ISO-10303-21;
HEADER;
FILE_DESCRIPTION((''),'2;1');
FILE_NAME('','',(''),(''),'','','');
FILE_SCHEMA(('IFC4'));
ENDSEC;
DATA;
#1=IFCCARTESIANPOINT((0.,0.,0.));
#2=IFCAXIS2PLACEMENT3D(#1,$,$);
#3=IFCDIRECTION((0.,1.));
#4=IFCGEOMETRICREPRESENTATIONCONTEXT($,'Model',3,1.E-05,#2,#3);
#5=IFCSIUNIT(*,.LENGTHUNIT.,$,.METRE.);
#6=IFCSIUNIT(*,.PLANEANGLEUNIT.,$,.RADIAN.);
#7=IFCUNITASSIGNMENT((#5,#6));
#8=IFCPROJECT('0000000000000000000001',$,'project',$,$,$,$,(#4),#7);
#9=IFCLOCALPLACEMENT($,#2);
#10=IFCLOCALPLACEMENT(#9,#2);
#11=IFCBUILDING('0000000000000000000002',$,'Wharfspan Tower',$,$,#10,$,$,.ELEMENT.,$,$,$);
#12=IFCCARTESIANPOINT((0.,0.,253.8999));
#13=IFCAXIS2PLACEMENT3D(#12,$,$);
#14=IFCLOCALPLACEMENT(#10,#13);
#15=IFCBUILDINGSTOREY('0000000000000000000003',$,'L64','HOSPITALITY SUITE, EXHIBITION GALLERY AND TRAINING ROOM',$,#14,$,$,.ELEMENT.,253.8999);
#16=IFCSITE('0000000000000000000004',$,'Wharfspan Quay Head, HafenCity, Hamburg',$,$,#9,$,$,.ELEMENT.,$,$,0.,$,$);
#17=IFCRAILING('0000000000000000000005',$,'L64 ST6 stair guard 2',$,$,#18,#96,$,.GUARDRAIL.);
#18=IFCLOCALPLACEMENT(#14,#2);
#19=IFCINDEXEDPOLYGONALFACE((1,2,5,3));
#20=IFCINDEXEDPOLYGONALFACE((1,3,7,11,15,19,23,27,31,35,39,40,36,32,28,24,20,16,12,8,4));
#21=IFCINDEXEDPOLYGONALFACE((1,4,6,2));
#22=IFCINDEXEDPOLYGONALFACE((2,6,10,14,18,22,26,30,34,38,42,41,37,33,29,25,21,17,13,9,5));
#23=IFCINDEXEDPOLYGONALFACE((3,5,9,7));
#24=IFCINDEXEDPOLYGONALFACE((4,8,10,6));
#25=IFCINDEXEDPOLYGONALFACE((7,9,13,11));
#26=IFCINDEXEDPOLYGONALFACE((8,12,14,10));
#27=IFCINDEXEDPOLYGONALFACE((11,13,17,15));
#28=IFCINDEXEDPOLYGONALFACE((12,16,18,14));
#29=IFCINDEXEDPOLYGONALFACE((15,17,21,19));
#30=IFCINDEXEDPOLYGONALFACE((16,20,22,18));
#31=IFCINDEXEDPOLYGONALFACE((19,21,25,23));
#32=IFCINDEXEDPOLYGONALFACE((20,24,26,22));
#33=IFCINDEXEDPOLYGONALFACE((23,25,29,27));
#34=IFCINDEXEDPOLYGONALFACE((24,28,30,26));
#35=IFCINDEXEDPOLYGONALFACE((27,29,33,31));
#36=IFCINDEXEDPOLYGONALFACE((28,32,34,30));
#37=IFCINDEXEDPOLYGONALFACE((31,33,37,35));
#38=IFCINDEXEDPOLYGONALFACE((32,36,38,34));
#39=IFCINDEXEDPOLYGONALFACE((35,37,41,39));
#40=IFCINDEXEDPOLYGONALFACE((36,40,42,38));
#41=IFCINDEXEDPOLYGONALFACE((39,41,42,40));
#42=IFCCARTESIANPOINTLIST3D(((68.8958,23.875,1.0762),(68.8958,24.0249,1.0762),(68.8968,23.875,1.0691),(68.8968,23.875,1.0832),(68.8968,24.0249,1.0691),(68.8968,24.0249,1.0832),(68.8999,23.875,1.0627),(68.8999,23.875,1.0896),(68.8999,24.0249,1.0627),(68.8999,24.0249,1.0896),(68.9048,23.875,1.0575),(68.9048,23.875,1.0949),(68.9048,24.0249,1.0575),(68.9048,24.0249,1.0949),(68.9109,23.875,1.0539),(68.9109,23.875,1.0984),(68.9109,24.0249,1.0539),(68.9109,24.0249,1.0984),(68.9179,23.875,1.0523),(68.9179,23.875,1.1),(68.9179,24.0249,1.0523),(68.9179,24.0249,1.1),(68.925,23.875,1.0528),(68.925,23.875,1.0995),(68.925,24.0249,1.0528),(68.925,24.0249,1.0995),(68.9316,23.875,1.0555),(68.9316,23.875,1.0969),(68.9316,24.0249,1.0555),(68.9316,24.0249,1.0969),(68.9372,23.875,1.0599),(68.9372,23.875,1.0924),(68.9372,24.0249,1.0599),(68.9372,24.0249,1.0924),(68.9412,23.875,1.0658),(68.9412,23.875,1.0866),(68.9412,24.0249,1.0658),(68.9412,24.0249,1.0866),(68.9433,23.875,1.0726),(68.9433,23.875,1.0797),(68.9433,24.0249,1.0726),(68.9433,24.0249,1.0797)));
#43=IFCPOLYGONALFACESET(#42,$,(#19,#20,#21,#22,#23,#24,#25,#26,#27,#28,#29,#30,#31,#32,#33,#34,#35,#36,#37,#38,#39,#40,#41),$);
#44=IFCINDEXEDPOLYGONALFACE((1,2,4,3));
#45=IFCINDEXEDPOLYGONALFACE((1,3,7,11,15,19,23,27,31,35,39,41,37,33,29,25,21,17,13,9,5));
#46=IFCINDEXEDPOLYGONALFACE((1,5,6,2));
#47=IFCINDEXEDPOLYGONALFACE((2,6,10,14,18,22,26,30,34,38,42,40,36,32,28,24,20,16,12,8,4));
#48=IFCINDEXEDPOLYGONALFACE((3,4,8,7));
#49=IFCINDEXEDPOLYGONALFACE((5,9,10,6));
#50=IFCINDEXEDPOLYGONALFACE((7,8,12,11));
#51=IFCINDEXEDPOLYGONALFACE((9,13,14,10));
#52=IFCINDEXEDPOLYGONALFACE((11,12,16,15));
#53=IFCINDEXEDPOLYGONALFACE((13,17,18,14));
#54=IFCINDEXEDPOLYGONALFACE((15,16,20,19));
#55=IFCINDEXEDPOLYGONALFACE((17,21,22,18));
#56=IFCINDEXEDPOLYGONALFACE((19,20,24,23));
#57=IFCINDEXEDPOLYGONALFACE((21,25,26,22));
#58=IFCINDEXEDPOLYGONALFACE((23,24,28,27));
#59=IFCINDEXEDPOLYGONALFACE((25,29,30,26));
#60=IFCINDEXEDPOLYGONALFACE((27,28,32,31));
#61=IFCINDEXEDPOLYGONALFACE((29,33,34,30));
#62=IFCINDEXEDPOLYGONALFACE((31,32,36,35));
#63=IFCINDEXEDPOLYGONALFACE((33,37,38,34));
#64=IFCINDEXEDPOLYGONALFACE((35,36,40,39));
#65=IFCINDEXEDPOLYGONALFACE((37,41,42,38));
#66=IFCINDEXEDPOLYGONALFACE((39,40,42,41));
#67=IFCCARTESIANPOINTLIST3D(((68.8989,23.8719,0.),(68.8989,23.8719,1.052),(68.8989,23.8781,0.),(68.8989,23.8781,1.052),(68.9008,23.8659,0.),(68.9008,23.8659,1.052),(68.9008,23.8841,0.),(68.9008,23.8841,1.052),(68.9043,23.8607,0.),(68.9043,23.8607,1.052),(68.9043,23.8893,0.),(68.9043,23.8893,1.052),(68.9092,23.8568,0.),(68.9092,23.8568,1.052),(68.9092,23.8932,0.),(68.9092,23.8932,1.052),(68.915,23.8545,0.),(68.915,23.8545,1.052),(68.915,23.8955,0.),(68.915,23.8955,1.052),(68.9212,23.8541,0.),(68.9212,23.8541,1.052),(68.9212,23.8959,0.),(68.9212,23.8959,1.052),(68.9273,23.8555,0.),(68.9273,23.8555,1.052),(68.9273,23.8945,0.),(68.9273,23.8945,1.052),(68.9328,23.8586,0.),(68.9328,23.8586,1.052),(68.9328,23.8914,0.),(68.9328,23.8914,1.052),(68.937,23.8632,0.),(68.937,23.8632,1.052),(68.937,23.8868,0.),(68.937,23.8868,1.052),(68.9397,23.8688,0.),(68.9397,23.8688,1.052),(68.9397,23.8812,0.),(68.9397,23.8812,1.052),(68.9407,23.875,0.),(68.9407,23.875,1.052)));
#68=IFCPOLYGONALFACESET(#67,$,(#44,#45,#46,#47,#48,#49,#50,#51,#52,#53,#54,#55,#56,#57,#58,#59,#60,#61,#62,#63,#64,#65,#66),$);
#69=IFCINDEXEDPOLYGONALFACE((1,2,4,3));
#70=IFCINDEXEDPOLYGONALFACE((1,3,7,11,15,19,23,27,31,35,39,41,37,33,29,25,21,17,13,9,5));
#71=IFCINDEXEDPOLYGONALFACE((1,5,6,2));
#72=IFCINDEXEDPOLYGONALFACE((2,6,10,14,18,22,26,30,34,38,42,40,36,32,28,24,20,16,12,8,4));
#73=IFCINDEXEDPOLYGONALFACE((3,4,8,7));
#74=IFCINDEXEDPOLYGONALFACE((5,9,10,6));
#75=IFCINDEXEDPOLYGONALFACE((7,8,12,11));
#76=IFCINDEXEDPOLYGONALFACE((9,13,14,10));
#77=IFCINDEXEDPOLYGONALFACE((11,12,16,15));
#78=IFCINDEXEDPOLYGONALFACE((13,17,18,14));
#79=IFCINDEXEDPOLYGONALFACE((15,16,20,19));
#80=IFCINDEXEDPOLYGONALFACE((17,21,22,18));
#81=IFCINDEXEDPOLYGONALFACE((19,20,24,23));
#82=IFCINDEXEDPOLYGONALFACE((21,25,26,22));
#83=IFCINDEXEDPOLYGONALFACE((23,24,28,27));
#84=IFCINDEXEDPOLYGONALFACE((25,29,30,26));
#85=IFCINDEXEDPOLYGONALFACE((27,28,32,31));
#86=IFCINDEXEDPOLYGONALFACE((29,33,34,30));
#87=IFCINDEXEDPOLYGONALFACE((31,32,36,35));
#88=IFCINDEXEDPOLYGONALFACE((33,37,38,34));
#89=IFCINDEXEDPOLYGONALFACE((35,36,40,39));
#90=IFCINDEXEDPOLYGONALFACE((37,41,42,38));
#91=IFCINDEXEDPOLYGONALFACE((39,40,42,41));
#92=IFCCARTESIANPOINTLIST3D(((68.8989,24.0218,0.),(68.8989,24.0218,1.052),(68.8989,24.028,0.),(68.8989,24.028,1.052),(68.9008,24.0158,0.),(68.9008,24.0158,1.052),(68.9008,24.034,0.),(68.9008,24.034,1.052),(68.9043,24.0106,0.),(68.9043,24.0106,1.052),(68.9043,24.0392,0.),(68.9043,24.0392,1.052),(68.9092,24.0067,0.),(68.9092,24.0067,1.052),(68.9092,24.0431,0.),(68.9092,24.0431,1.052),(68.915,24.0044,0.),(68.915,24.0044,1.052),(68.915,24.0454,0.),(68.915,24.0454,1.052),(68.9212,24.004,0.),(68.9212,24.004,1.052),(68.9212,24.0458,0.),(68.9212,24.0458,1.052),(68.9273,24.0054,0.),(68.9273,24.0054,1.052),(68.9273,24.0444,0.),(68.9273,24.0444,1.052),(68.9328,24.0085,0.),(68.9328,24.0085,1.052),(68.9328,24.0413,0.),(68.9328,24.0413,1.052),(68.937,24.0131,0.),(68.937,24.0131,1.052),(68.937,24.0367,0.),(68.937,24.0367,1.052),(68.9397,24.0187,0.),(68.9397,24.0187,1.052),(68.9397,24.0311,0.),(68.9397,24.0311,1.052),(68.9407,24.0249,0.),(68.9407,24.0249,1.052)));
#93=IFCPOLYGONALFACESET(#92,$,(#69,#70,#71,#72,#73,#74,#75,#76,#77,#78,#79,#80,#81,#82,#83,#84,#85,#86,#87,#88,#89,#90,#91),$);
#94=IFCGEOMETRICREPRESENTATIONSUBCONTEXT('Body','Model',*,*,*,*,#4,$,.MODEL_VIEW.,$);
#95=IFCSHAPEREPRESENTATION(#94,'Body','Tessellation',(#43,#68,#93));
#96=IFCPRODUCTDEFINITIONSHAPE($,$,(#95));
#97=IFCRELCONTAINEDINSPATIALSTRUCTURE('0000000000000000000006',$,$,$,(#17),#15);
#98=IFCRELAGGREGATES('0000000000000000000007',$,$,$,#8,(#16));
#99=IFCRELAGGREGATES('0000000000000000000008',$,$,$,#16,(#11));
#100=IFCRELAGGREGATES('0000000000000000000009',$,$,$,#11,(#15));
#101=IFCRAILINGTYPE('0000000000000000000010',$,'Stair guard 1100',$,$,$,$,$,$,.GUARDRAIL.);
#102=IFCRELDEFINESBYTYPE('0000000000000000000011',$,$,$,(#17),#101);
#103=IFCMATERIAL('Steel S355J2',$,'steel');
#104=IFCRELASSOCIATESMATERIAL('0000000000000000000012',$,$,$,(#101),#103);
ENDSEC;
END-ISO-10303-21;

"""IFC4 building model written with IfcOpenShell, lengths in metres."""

from ifc_helpers import new_model, si_unit, direction, frame, origin, origin_2d, place, context, subcontext, project, spatial, circle, extrude, material, type_object, element, save


model = new_model("IFC4")

# Units and contexts
model_context = context("Model", 3, precision=1e-05, world=origin(), true_north=direction((0.0, 1.0)))
body_context = subcontext(model_context, "Body", "Model", "MODEL_VIEW")
ifc_project = project(units=[si_unit("LENGTHUNIT", "METRE"), si_unit("PLANEANGLEUNIT", "RADIAN")], contexts=[model_context])

# Site, building, storey
site_placement = place(None, origin())
site = spatial("IfcSite", under=ifc_project, at=site_placement, Name="Wharfspan Quay Head, HafenCity, Hamburg", CompositionType="ELEMENT", RefElevation=0.0)
building_placement = place(site_placement, origin())
building = spatial("IfcBuilding", under=site, at=building_placement, Name="Wharfspan Tower", CompositionType="ELEMENT")
storey_placement = place(building_placement, frame((0.0, 0.0, 253.8999)))
storey = spatial("IfcBuildingStorey", under=building, at=storey_placement, Name="L64", Description="HOSPITALITY SUITE, EXHIBITION GALLERY AND TRAINING ROOM", CompositionType="ELEMENT", Elevation=253.8999)

# Railing
ifc_material_1 = material(Name="Steel S355J2", Category="steel")
railing_type_1 = type_object("IfcRailingType", Name="Stair guard 1100", PredefinedType="GUARDRAIL", material=ifc_material_1)
railing_1_placement = place(storey_placement, frame((68.9197, 23.875, 0.0)))
element("IfcRailing", 1, at=railing_1_placement, inside=storey, type_object=railing_type_1, Name="L64 ST6 stair guard 2", PredefinedType="GUARDRAIL", context=body_context, shape_type="SweptSolid", body=[
    extrude(circle(Radius=0.0239, at=origin_2d()), frame((0.0, 0.0, 1.0762), z_axis=(0.0, 1.0, 0.0), x_axis=(-1.0, 0.0, 0.0)), (0.0, 0.0, 1.0), 0.1499),
    extrude(circle(Radius=0.021, at=origin_2d()), origin(), (0.0, 0.0, 1.0), 1.052),
    extrude(circle(Radius=0.021, at=origin_2d()), frame((0.0, 0.1499, 0.0)), (0.0, 0.0, 1.0), 1.052),
])

save(model, "model.ifc")
